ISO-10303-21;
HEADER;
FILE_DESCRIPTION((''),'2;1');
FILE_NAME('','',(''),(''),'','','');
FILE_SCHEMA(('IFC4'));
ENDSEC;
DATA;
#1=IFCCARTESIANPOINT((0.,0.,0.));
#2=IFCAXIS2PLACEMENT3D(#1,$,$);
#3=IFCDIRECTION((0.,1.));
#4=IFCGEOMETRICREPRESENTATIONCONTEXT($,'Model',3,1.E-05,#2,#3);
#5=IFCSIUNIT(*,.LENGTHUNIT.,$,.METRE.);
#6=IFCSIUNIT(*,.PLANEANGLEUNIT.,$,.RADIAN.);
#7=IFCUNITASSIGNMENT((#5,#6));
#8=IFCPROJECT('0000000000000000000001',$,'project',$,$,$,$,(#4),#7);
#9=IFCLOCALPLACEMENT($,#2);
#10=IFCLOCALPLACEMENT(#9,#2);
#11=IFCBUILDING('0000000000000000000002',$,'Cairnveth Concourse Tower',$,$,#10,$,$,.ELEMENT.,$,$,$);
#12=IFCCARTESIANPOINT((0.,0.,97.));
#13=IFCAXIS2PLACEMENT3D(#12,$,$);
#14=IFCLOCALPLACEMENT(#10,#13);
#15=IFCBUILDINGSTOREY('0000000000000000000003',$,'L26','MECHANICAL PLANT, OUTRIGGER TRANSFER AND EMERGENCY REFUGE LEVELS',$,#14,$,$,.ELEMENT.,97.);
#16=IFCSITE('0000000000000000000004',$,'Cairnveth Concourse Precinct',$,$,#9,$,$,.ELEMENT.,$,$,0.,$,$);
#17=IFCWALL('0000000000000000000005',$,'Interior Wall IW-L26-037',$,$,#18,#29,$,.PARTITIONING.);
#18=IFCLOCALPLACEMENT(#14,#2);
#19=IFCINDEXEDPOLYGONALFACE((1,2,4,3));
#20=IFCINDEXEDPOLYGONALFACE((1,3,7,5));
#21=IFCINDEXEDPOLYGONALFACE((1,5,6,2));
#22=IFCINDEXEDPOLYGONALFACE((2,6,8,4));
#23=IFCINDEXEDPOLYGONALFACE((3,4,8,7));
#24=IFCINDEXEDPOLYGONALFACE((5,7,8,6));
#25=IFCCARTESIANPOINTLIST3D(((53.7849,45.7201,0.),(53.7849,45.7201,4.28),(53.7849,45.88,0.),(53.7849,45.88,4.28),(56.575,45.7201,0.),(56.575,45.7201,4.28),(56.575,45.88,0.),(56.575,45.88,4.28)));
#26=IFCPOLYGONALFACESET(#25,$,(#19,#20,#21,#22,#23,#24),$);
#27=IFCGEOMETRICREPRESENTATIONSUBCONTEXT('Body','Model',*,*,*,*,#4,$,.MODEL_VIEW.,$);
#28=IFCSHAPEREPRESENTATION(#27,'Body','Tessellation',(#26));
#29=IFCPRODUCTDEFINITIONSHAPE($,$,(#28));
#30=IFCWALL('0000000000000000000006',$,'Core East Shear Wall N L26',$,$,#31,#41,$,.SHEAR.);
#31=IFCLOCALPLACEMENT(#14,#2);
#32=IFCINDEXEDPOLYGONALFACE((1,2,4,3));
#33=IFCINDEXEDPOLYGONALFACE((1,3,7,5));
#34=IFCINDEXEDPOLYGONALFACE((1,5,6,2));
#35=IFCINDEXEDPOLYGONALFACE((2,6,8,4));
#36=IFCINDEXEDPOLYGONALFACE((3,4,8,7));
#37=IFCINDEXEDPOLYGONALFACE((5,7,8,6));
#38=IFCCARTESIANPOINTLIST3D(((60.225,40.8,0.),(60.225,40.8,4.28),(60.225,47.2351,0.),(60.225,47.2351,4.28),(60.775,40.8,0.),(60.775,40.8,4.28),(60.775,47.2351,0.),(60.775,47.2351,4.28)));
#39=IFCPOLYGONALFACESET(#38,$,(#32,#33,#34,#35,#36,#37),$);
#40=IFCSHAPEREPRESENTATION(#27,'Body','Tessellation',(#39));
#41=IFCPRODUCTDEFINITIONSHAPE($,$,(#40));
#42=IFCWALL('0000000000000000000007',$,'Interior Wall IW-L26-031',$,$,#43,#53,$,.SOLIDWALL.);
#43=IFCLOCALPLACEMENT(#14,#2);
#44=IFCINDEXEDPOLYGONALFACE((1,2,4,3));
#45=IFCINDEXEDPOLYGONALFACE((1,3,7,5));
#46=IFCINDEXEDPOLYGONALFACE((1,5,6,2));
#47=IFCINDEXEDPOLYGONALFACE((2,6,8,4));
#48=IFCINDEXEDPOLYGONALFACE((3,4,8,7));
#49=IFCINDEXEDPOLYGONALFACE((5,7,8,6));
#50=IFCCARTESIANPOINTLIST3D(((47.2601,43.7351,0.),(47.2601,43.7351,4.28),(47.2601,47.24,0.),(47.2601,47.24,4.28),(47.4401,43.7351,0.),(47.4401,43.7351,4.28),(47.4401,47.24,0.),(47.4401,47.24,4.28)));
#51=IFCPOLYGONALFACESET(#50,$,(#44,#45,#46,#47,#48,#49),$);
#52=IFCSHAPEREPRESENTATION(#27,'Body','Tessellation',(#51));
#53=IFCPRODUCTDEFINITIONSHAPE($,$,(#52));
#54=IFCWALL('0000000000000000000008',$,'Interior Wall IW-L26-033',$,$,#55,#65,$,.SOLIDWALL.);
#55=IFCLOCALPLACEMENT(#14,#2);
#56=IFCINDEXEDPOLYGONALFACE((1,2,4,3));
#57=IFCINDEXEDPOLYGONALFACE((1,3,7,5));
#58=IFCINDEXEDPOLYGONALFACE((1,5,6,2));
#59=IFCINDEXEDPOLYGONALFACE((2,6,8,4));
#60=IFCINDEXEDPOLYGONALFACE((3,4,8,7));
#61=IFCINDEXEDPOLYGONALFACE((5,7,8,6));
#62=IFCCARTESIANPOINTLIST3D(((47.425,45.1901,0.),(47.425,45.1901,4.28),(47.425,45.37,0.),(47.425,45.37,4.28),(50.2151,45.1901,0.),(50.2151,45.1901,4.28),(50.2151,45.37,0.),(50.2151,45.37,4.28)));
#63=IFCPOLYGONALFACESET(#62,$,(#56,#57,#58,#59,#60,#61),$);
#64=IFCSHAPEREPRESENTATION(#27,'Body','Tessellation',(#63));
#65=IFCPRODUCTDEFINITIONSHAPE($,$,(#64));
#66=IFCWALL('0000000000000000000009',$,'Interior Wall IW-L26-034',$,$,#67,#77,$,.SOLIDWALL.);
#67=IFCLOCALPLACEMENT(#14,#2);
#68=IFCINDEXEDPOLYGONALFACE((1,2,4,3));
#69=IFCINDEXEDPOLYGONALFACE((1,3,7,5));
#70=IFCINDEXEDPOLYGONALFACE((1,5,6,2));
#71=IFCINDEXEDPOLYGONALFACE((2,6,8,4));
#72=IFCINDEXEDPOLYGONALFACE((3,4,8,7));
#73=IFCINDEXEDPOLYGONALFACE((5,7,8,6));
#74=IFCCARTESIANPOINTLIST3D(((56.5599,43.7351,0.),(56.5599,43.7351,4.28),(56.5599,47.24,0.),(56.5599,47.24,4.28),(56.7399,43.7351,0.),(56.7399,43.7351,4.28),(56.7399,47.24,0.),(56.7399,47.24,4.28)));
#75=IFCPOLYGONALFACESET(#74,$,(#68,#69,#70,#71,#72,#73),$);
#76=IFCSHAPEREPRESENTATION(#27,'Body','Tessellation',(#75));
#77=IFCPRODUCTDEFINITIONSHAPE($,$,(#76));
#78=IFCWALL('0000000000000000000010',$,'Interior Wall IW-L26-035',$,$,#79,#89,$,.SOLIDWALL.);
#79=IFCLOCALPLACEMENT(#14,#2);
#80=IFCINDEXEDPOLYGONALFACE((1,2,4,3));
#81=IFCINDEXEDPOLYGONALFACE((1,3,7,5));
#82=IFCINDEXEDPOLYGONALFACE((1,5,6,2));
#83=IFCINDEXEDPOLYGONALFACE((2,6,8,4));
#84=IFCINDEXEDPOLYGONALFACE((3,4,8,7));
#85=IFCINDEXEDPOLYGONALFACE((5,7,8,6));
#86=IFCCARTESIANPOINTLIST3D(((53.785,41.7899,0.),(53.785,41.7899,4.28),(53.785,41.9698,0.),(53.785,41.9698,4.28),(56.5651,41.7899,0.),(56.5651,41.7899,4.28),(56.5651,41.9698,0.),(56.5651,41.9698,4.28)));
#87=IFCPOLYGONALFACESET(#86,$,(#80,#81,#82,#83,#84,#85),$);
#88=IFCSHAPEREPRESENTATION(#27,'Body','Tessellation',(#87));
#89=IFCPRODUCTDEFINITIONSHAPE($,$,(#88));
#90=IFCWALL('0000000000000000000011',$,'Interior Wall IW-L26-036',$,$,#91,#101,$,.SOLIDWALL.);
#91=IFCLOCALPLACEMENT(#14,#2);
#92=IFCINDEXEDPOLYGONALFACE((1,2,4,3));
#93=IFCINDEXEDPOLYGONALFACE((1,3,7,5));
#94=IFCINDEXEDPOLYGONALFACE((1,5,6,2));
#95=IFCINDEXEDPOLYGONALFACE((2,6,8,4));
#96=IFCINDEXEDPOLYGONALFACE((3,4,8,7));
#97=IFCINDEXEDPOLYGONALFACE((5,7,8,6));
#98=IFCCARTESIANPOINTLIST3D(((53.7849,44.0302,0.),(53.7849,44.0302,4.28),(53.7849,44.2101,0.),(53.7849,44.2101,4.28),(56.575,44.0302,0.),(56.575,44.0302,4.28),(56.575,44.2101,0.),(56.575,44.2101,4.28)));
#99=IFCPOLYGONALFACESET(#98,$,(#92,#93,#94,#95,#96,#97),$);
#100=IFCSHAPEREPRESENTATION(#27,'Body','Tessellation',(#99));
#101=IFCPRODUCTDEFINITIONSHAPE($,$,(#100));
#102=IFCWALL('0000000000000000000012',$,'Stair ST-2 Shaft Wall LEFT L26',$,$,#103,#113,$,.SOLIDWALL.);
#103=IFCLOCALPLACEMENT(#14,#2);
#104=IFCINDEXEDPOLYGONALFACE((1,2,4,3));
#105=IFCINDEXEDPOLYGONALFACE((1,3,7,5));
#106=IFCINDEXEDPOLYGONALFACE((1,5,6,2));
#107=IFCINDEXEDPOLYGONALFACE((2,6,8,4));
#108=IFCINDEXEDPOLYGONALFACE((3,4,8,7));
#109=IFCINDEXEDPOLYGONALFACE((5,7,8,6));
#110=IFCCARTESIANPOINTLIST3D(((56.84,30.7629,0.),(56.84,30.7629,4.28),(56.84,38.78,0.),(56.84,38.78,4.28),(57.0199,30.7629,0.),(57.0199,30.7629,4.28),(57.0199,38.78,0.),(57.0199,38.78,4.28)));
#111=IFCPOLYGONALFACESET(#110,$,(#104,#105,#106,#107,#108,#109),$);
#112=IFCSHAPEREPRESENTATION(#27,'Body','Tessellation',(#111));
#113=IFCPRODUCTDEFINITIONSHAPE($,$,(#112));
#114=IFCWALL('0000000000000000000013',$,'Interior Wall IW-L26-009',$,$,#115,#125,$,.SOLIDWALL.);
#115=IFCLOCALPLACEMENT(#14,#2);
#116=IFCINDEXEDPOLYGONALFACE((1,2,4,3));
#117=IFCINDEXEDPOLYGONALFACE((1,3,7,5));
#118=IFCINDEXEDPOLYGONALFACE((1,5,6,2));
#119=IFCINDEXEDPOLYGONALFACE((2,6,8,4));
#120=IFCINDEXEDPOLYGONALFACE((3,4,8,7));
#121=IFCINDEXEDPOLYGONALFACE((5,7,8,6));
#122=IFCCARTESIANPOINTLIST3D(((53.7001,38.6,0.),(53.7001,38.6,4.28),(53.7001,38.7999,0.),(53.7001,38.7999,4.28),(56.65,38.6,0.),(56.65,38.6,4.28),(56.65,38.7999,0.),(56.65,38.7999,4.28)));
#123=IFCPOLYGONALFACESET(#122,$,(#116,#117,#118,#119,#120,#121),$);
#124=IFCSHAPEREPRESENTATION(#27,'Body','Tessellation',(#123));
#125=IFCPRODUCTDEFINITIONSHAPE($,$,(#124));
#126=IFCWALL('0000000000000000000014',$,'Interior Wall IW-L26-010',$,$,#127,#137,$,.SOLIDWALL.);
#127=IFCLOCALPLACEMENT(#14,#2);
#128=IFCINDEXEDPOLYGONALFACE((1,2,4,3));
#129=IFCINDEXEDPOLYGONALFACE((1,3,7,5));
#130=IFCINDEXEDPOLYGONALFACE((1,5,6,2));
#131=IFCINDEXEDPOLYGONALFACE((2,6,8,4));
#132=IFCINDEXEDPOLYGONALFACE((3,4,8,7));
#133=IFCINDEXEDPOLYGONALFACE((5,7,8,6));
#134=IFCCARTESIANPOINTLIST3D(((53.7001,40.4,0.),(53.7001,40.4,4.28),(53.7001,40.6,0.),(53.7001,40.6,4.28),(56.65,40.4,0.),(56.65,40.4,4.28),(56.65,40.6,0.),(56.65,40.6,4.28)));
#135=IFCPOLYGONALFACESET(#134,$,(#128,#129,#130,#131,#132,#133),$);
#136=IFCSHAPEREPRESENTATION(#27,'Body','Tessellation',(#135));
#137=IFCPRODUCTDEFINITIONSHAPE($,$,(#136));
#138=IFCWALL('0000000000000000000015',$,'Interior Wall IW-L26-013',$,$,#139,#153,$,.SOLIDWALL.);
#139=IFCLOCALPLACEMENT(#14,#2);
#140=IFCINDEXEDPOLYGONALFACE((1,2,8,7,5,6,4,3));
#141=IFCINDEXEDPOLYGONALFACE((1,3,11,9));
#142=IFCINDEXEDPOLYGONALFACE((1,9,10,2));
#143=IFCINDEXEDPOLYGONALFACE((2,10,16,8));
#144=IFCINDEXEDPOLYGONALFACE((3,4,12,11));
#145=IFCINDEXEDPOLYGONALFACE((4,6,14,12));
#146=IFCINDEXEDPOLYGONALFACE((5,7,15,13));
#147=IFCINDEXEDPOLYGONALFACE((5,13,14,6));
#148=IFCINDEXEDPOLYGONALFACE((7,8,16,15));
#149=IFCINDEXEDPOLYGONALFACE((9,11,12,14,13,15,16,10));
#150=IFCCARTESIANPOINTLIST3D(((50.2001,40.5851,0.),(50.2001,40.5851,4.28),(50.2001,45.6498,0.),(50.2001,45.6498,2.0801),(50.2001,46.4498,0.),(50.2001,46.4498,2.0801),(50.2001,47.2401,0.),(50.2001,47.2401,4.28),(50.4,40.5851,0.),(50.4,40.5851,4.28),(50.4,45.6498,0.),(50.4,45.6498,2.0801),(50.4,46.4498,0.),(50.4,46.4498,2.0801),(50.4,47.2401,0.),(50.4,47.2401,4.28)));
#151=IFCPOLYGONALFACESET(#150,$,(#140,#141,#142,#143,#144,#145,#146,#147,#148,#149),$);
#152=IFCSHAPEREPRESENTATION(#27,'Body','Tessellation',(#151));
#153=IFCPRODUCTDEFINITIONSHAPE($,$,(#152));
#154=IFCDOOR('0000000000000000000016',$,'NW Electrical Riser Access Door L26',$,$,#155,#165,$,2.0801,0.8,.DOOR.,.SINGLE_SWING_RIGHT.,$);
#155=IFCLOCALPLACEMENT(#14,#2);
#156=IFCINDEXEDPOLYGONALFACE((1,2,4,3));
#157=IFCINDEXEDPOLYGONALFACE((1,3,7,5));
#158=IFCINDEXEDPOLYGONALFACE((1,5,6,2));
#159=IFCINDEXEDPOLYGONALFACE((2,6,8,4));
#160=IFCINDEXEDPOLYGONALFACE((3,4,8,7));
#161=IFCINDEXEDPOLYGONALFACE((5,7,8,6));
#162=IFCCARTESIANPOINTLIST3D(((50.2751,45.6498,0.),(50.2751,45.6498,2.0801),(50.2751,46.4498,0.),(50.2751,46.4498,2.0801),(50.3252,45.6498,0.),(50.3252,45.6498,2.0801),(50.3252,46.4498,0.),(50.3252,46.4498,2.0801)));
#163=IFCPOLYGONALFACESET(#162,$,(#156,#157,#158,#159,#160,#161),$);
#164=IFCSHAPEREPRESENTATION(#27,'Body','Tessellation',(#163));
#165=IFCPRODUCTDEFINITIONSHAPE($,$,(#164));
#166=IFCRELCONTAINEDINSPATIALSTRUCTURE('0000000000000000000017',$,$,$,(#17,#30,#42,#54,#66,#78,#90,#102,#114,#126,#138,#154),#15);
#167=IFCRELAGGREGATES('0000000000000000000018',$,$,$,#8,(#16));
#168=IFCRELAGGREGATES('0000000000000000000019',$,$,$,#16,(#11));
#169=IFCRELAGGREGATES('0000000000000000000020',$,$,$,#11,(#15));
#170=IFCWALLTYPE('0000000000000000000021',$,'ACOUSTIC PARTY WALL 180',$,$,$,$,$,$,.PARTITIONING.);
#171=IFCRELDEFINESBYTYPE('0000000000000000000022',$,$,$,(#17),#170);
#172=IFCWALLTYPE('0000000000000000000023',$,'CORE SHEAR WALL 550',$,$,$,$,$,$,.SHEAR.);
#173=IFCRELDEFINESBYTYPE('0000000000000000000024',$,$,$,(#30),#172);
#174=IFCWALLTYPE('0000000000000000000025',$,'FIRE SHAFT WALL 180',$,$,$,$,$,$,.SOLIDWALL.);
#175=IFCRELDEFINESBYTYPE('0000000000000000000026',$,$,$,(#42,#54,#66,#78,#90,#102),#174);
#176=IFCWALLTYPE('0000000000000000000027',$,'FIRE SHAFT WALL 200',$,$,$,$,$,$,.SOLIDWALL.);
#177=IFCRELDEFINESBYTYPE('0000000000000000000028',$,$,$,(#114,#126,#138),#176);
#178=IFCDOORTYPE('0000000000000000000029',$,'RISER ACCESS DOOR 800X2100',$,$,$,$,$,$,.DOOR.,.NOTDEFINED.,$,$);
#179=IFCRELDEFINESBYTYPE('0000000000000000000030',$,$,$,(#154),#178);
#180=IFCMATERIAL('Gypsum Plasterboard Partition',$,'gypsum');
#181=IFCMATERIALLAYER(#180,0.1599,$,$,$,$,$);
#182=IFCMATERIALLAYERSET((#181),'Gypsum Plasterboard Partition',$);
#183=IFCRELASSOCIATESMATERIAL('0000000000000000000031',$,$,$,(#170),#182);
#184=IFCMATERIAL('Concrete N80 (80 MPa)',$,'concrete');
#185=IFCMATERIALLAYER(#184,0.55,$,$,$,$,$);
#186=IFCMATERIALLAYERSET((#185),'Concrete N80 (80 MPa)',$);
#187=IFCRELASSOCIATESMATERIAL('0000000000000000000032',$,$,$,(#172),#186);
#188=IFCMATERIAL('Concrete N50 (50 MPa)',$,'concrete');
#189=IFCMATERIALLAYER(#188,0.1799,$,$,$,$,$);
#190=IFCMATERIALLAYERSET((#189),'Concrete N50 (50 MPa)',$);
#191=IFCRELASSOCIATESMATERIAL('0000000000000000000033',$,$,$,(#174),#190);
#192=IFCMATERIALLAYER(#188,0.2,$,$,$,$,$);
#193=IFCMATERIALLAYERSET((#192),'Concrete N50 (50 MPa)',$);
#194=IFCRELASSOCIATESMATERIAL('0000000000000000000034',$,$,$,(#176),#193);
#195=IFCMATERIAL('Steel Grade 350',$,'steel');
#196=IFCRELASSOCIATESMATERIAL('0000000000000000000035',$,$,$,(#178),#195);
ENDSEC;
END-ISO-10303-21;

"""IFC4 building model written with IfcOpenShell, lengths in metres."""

from ifc_helpers import new_model, si_unit, direction, frame, frame_2d, origin, place, context, subcontext, project, spatial, rectangle, extrude, material, layer, layer_set, type_object, element, fill, save


model = new_model("IFC4")

# Units and contexts
model_context = context("Model", 3, precision=1e-05, world=origin(), true_north=direction((0.0, 1.0)))
body_context = subcontext(model_context, "Body", "Model", "MODEL_VIEW")
ifc_project = project(units=[si_unit("LENGTHUNIT", "METRE"), si_unit("PLANEANGLEUNIT", "RADIAN")], contexts=[model_context])

# Site, building, storey
site_placement = place(None, origin())
site = spatial("IfcSite", under=ifc_project, at=site_placement, Name="Cairnveth Concourse Precinct", CompositionType="ELEMENT", RefElevation=0.0)
building_placement = place(site_placement, origin())
building = spatial("IfcBuilding", under=site, at=building_placement, Name="Cairnveth Concourse Tower", CompositionType="ELEMENT")
storey_placement = place(building_placement, frame((0.0, 0.0, 97.0)))
storey = spatial("IfcBuildingStorey", under=building, at=storey_placement, Name="L26", Description="MECHANICAL PLANT, OUTRIGGER TRANSFER AND EMERGENCY REFUGE LEVELS", CompositionType="ELEMENT", Elevation=97.0)

# Walls
ifc_material_1 = material(Name="Gypsum Plasterboard Partition", Category="gypsum")
ifc_layer_1 = layer(ifc_material_1, 0.1599)
ifc_layer_set_1 = layer_set([ifc_layer_1], Name="Gypsum Plasterboard Partition")
wall_type_1 = type_object("IfcWallType", Name="ACOUSTIC PARTY WALL 180", PredefinedType="PARTITIONING", material=ifc_layer_set_1)
wall_1_placement = place(storey_placement, frame((53.7849, 45.8, 0.0), z_axis=(0.0, 0.0, 1.0), x_axis=(1.0, 0.0, 0.0)))
element("IfcWall", 1, at=wall_1_placement, inside=storey, type_object=wall_type_1, Name="Interior Wall IW-L26-037", PredefinedType="PARTITIONING", context=body_context, shape_type="SweptSolid", body=[
    extrude(rectangle(XDim=2.79, YDim=0.1599, at=frame_2d((1.395, 0.0))), origin(), (0.0, 0.0, 1.0), 4.28),
])
ifc_material_2 = material(Name="Concrete N80 (80 MPa)", Category="concrete")
ifc_layer_2 = layer(ifc_material_2, 0.55)
ifc_layer_set_2 = layer_set([ifc_layer_2], Name="Concrete N80 (80 MPa)")
wall_type_2 = type_object("IfcWallType", Name="CORE SHEAR WALL 550", PredefinedType="SHEAR", material=ifc_layer_set_2)
wall_2_placement = place(storey_placement, frame((60.5, 40.8, 0.0), z_axis=(0.0, 0.0, 1.0), x_axis=(0.0, 1.0, 0.0)))
element("IfcWall", 2, at=wall_2_placement, inside=storey, type_object=wall_type_2, Name="Core East Shear Wall N L26", PredefinedType="SHEAR", context=body_context, shape_type="SweptSolid", body=[
    extrude(rectangle(XDim=6.4351, YDim=0.55, at=frame_2d((3.2175, 0.0))), origin(), (0.0, 0.0, 1.0), 4.28),
])
ifc_material_3 = material(Name="Concrete N50 (50 MPa)", Category="concrete")
ifc_layer_3 = layer(ifc_material_3, 0.1799)
ifc_layer_set_3 = layer_set([ifc_layer_3], Name="Concrete N50 (50 MPa)")
wall_type_3 = type_object("IfcWallType", Name="FIRE SHAFT WALL 180", PredefinedType="SOLIDWALL", material=ifc_layer_set_3)
wall_3_placement = place(storey_placement, frame((47.3501, 43.7351, 0.0), z_axis=(0.0, 0.0, 1.0), x_axis=(0.0, 1.0, 0.0)))
element("IfcWall", 3, at=wall_3_placement, inside=storey, type_object=wall_type_3, Name="Interior Wall IW-L26-031", PredefinedType="SOLIDWALL", context=body_context, shape_type="SweptSolid", body=[
    extrude(rectangle(XDim=3.5049, YDim=0.1799, at=frame_2d((1.7524, 0.0))), origin(), (0.0, 0.0, 1.0), 4.28),
])
wall_4_placement = place(storey_placement, frame((47.425, 45.28, 0.0), z_axis=(0.0, 0.0, 1.0), x_axis=(1.0, 0.0, 0.0)))
element("IfcWall", 4, at=wall_4_placement, inside=storey, type_object=wall_type_3, Name="Interior Wall IW-L26-033", PredefinedType="SOLIDWALL", context=body_context, shape_type="SweptSolid", body=[
    extrude(rectangle(XDim=2.79, YDim=0.1799, at=frame_2d((1.395, 0.0))), origin(), (0.0, 0.0, 1.0), 4.28),
])
wall_5_placement = place(storey_placement, frame((56.6499, 43.7351, 0.0), z_axis=(0.0, 0.0, 1.0), x_axis=(0.0, 1.0, 0.0)))
element("IfcWall", 5, at=wall_5_placement, inside=storey, type_object=wall_type_3, Name="Interior Wall IW-L26-034", PredefinedType="SOLIDWALL", context=body_context, shape_type="SweptSolid", body=[
    extrude(rectangle(XDim=3.5049, YDim=0.1799, at=frame_2d((1.7524, 0.0))), origin(), (0.0, 0.0, 1.0), 4.28),
])
wall_6_placement = place(storey_placement, frame((53.7849, 41.8799, 0.0), z_axis=(0.0, 0.0, 1.0), x_axis=(1.0, 0.0, 0.0)))
element("IfcWall", 6, at=wall_6_placement, inside=storey, type_object=wall_type_3, Name="Interior Wall IW-L26-035", PredefinedType="SOLIDWALL", context=body_context, shape_type="SweptSolid", body=[
    extrude(rectangle(XDim=2.78, YDim=0.1799, at=frame_2d((1.3901, 0.0))), origin(), (0.0, 0.0, 1.0), 4.28),
])
wall_7_placement = place(storey_placement, frame((53.7849, 44.1201, 0.0), z_axis=(0.0, 0.0, 1.0), x_axis=(1.0, 0.0, 0.0)))
element("IfcWall", 7, at=wall_7_placement, inside=storey, type_object=wall_type_3, Name="Interior Wall IW-L26-036", PredefinedType="SOLIDWALL", context=body_context, shape_type="SweptSolid", body=[
    extrude(rectangle(XDim=2.79, YDim=0.1799, at=frame_2d((1.395, 0.0))), origin(), (0.0, 0.0, 1.0), 4.28),
])
wall_8_placement = place(storey_placement, frame((56.9299, 38.78, 0.0), z_axis=(0.0, 0.0, 1.0), x_axis=(0.0, -1.0, 0.0)))
element("IfcWall", 8, at=wall_8_placement, inside=storey, type_object=wall_type_3, Name="Stair ST-2 Shaft Wall LEFT L26", PredefinedType="SOLIDWALL", context=body_context, shape_type="SweptSolid", body=[
    extrude(rectangle(XDim=8.0171, YDim=0.1799, at=frame_2d((4.0085, 0.0))), origin(), (0.0, 0.0, 1.0), 4.28),
])
ifc_layer_4 = layer(ifc_material_3, 0.2)
ifc_layer_set_4 = layer_set([ifc_layer_4], Name="Concrete N50 (50 MPa)")
wall_type_4 = type_object("IfcWallType", Name="FIRE SHAFT WALL 200", PredefinedType="SOLIDWALL", material=ifc_layer_set_4)
for number, where, z_axis, x_axis, name in (
    (9, (53.7, 38.7, 0.0), (0.0, 0.0, 1.0), (1.0, 0.0, 0.0), "Interior Wall IW-L26-009"),
    (10, (53.7, 40.5, 0.0), (0.0, 0.0, 1.0), (1.0, 0.0, 0.0), "Interior Wall IW-L26-010"),
):
    element("IfcWall", number, at=place(storey_placement, frame(where, z_axis=z_axis, x_axis=x_axis)), inside=storey, type_object=wall_type_4, Name=name, PredefinedType="SOLIDWALL", context=body_context, shape_type="SweptSolid", body=[
        extrude(rectangle(XDim=2.95, YDim=0.2, at=frame_2d((1.4751, 0.0))), origin(), (0.0, 0.0, 1.0), 4.28),
    ])

# Wall, opening, door
wall_9_placement = place(storey_placement, frame((50.3, 40.585, 0.0), z_axis=(0.0, 0.0, 1.0), x_axis=(0.0, 1.0, 0.0)))
wall_9 = element("IfcWall", 11, at=wall_9_placement, inside=storey, type_object=wall_type_4, Name="Interior Wall IW-L26-013", PredefinedType="SOLIDWALL", context=body_context, shape_type="SweptSolid", body=[
    extrude(rectangle(XDim=6.655, YDim=0.2, at=frame_2d((3.3276, 0.0))), origin(), (0.0, 0.0, 1.0), 4.28),
])
opening_1_placement = place(wall_9_placement, frame((5.0649, 0.0, 0.0)))
opening_1 = element("IfcOpeningElement", 12, at=opening_1_placement, cuts=wall_9, PredefinedType="OPENING", context=body_context, shape_type="SweptSolid", body=[
    extrude(rectangle(XDim=0.8, YDim=2.0801, at=frame_2d((0.3999, 1.04))), frame((0.0, 0.1099, 0.0), z_axis=(0.0, -1.0, 0.0), x_axis=(1.0, 0.0, 0.0)), (0.0, 0.0, 1.0), 0.22),
])
ifc_material_4 = material(Name="Steel Grade 350", Category="steel")
door_type_1 = type_object("IfcDoorType", Name="RISER ACCESS DOOR 800X2100", OperationType="NOTDEFINED", PredefinedType="DOOR", material=ifc_material_4)
door_1_placement = place(opening_1_placement, origin())
door_1 = element("IfcDoor", 13, at=door_1_placement, inside=storey, type_object=door_type_1, Name="NW Electrical Riser Access Door L26", OperationType="SINGLE_SWING_RIGHT", OverallHeight=2.0801, OverallWidth=0.8, PredefinedType="DOOR", context=body_context, shape_type="SweptSolid", body=[
    extrude(rectangle(XDim=0.8, YDim=2.0801, at=frame_2d((0.3999, 1.04))), frame((0.0, 0.0249, 0.0), z_axis=(0.0, -1.0, 0.0), x_axis=(1.0, 0.0, 0.0)), (0.0, 0.0, 1.0), 0.05),
])
fill(opening_1, door_1)

save(model, "model.ifc")
